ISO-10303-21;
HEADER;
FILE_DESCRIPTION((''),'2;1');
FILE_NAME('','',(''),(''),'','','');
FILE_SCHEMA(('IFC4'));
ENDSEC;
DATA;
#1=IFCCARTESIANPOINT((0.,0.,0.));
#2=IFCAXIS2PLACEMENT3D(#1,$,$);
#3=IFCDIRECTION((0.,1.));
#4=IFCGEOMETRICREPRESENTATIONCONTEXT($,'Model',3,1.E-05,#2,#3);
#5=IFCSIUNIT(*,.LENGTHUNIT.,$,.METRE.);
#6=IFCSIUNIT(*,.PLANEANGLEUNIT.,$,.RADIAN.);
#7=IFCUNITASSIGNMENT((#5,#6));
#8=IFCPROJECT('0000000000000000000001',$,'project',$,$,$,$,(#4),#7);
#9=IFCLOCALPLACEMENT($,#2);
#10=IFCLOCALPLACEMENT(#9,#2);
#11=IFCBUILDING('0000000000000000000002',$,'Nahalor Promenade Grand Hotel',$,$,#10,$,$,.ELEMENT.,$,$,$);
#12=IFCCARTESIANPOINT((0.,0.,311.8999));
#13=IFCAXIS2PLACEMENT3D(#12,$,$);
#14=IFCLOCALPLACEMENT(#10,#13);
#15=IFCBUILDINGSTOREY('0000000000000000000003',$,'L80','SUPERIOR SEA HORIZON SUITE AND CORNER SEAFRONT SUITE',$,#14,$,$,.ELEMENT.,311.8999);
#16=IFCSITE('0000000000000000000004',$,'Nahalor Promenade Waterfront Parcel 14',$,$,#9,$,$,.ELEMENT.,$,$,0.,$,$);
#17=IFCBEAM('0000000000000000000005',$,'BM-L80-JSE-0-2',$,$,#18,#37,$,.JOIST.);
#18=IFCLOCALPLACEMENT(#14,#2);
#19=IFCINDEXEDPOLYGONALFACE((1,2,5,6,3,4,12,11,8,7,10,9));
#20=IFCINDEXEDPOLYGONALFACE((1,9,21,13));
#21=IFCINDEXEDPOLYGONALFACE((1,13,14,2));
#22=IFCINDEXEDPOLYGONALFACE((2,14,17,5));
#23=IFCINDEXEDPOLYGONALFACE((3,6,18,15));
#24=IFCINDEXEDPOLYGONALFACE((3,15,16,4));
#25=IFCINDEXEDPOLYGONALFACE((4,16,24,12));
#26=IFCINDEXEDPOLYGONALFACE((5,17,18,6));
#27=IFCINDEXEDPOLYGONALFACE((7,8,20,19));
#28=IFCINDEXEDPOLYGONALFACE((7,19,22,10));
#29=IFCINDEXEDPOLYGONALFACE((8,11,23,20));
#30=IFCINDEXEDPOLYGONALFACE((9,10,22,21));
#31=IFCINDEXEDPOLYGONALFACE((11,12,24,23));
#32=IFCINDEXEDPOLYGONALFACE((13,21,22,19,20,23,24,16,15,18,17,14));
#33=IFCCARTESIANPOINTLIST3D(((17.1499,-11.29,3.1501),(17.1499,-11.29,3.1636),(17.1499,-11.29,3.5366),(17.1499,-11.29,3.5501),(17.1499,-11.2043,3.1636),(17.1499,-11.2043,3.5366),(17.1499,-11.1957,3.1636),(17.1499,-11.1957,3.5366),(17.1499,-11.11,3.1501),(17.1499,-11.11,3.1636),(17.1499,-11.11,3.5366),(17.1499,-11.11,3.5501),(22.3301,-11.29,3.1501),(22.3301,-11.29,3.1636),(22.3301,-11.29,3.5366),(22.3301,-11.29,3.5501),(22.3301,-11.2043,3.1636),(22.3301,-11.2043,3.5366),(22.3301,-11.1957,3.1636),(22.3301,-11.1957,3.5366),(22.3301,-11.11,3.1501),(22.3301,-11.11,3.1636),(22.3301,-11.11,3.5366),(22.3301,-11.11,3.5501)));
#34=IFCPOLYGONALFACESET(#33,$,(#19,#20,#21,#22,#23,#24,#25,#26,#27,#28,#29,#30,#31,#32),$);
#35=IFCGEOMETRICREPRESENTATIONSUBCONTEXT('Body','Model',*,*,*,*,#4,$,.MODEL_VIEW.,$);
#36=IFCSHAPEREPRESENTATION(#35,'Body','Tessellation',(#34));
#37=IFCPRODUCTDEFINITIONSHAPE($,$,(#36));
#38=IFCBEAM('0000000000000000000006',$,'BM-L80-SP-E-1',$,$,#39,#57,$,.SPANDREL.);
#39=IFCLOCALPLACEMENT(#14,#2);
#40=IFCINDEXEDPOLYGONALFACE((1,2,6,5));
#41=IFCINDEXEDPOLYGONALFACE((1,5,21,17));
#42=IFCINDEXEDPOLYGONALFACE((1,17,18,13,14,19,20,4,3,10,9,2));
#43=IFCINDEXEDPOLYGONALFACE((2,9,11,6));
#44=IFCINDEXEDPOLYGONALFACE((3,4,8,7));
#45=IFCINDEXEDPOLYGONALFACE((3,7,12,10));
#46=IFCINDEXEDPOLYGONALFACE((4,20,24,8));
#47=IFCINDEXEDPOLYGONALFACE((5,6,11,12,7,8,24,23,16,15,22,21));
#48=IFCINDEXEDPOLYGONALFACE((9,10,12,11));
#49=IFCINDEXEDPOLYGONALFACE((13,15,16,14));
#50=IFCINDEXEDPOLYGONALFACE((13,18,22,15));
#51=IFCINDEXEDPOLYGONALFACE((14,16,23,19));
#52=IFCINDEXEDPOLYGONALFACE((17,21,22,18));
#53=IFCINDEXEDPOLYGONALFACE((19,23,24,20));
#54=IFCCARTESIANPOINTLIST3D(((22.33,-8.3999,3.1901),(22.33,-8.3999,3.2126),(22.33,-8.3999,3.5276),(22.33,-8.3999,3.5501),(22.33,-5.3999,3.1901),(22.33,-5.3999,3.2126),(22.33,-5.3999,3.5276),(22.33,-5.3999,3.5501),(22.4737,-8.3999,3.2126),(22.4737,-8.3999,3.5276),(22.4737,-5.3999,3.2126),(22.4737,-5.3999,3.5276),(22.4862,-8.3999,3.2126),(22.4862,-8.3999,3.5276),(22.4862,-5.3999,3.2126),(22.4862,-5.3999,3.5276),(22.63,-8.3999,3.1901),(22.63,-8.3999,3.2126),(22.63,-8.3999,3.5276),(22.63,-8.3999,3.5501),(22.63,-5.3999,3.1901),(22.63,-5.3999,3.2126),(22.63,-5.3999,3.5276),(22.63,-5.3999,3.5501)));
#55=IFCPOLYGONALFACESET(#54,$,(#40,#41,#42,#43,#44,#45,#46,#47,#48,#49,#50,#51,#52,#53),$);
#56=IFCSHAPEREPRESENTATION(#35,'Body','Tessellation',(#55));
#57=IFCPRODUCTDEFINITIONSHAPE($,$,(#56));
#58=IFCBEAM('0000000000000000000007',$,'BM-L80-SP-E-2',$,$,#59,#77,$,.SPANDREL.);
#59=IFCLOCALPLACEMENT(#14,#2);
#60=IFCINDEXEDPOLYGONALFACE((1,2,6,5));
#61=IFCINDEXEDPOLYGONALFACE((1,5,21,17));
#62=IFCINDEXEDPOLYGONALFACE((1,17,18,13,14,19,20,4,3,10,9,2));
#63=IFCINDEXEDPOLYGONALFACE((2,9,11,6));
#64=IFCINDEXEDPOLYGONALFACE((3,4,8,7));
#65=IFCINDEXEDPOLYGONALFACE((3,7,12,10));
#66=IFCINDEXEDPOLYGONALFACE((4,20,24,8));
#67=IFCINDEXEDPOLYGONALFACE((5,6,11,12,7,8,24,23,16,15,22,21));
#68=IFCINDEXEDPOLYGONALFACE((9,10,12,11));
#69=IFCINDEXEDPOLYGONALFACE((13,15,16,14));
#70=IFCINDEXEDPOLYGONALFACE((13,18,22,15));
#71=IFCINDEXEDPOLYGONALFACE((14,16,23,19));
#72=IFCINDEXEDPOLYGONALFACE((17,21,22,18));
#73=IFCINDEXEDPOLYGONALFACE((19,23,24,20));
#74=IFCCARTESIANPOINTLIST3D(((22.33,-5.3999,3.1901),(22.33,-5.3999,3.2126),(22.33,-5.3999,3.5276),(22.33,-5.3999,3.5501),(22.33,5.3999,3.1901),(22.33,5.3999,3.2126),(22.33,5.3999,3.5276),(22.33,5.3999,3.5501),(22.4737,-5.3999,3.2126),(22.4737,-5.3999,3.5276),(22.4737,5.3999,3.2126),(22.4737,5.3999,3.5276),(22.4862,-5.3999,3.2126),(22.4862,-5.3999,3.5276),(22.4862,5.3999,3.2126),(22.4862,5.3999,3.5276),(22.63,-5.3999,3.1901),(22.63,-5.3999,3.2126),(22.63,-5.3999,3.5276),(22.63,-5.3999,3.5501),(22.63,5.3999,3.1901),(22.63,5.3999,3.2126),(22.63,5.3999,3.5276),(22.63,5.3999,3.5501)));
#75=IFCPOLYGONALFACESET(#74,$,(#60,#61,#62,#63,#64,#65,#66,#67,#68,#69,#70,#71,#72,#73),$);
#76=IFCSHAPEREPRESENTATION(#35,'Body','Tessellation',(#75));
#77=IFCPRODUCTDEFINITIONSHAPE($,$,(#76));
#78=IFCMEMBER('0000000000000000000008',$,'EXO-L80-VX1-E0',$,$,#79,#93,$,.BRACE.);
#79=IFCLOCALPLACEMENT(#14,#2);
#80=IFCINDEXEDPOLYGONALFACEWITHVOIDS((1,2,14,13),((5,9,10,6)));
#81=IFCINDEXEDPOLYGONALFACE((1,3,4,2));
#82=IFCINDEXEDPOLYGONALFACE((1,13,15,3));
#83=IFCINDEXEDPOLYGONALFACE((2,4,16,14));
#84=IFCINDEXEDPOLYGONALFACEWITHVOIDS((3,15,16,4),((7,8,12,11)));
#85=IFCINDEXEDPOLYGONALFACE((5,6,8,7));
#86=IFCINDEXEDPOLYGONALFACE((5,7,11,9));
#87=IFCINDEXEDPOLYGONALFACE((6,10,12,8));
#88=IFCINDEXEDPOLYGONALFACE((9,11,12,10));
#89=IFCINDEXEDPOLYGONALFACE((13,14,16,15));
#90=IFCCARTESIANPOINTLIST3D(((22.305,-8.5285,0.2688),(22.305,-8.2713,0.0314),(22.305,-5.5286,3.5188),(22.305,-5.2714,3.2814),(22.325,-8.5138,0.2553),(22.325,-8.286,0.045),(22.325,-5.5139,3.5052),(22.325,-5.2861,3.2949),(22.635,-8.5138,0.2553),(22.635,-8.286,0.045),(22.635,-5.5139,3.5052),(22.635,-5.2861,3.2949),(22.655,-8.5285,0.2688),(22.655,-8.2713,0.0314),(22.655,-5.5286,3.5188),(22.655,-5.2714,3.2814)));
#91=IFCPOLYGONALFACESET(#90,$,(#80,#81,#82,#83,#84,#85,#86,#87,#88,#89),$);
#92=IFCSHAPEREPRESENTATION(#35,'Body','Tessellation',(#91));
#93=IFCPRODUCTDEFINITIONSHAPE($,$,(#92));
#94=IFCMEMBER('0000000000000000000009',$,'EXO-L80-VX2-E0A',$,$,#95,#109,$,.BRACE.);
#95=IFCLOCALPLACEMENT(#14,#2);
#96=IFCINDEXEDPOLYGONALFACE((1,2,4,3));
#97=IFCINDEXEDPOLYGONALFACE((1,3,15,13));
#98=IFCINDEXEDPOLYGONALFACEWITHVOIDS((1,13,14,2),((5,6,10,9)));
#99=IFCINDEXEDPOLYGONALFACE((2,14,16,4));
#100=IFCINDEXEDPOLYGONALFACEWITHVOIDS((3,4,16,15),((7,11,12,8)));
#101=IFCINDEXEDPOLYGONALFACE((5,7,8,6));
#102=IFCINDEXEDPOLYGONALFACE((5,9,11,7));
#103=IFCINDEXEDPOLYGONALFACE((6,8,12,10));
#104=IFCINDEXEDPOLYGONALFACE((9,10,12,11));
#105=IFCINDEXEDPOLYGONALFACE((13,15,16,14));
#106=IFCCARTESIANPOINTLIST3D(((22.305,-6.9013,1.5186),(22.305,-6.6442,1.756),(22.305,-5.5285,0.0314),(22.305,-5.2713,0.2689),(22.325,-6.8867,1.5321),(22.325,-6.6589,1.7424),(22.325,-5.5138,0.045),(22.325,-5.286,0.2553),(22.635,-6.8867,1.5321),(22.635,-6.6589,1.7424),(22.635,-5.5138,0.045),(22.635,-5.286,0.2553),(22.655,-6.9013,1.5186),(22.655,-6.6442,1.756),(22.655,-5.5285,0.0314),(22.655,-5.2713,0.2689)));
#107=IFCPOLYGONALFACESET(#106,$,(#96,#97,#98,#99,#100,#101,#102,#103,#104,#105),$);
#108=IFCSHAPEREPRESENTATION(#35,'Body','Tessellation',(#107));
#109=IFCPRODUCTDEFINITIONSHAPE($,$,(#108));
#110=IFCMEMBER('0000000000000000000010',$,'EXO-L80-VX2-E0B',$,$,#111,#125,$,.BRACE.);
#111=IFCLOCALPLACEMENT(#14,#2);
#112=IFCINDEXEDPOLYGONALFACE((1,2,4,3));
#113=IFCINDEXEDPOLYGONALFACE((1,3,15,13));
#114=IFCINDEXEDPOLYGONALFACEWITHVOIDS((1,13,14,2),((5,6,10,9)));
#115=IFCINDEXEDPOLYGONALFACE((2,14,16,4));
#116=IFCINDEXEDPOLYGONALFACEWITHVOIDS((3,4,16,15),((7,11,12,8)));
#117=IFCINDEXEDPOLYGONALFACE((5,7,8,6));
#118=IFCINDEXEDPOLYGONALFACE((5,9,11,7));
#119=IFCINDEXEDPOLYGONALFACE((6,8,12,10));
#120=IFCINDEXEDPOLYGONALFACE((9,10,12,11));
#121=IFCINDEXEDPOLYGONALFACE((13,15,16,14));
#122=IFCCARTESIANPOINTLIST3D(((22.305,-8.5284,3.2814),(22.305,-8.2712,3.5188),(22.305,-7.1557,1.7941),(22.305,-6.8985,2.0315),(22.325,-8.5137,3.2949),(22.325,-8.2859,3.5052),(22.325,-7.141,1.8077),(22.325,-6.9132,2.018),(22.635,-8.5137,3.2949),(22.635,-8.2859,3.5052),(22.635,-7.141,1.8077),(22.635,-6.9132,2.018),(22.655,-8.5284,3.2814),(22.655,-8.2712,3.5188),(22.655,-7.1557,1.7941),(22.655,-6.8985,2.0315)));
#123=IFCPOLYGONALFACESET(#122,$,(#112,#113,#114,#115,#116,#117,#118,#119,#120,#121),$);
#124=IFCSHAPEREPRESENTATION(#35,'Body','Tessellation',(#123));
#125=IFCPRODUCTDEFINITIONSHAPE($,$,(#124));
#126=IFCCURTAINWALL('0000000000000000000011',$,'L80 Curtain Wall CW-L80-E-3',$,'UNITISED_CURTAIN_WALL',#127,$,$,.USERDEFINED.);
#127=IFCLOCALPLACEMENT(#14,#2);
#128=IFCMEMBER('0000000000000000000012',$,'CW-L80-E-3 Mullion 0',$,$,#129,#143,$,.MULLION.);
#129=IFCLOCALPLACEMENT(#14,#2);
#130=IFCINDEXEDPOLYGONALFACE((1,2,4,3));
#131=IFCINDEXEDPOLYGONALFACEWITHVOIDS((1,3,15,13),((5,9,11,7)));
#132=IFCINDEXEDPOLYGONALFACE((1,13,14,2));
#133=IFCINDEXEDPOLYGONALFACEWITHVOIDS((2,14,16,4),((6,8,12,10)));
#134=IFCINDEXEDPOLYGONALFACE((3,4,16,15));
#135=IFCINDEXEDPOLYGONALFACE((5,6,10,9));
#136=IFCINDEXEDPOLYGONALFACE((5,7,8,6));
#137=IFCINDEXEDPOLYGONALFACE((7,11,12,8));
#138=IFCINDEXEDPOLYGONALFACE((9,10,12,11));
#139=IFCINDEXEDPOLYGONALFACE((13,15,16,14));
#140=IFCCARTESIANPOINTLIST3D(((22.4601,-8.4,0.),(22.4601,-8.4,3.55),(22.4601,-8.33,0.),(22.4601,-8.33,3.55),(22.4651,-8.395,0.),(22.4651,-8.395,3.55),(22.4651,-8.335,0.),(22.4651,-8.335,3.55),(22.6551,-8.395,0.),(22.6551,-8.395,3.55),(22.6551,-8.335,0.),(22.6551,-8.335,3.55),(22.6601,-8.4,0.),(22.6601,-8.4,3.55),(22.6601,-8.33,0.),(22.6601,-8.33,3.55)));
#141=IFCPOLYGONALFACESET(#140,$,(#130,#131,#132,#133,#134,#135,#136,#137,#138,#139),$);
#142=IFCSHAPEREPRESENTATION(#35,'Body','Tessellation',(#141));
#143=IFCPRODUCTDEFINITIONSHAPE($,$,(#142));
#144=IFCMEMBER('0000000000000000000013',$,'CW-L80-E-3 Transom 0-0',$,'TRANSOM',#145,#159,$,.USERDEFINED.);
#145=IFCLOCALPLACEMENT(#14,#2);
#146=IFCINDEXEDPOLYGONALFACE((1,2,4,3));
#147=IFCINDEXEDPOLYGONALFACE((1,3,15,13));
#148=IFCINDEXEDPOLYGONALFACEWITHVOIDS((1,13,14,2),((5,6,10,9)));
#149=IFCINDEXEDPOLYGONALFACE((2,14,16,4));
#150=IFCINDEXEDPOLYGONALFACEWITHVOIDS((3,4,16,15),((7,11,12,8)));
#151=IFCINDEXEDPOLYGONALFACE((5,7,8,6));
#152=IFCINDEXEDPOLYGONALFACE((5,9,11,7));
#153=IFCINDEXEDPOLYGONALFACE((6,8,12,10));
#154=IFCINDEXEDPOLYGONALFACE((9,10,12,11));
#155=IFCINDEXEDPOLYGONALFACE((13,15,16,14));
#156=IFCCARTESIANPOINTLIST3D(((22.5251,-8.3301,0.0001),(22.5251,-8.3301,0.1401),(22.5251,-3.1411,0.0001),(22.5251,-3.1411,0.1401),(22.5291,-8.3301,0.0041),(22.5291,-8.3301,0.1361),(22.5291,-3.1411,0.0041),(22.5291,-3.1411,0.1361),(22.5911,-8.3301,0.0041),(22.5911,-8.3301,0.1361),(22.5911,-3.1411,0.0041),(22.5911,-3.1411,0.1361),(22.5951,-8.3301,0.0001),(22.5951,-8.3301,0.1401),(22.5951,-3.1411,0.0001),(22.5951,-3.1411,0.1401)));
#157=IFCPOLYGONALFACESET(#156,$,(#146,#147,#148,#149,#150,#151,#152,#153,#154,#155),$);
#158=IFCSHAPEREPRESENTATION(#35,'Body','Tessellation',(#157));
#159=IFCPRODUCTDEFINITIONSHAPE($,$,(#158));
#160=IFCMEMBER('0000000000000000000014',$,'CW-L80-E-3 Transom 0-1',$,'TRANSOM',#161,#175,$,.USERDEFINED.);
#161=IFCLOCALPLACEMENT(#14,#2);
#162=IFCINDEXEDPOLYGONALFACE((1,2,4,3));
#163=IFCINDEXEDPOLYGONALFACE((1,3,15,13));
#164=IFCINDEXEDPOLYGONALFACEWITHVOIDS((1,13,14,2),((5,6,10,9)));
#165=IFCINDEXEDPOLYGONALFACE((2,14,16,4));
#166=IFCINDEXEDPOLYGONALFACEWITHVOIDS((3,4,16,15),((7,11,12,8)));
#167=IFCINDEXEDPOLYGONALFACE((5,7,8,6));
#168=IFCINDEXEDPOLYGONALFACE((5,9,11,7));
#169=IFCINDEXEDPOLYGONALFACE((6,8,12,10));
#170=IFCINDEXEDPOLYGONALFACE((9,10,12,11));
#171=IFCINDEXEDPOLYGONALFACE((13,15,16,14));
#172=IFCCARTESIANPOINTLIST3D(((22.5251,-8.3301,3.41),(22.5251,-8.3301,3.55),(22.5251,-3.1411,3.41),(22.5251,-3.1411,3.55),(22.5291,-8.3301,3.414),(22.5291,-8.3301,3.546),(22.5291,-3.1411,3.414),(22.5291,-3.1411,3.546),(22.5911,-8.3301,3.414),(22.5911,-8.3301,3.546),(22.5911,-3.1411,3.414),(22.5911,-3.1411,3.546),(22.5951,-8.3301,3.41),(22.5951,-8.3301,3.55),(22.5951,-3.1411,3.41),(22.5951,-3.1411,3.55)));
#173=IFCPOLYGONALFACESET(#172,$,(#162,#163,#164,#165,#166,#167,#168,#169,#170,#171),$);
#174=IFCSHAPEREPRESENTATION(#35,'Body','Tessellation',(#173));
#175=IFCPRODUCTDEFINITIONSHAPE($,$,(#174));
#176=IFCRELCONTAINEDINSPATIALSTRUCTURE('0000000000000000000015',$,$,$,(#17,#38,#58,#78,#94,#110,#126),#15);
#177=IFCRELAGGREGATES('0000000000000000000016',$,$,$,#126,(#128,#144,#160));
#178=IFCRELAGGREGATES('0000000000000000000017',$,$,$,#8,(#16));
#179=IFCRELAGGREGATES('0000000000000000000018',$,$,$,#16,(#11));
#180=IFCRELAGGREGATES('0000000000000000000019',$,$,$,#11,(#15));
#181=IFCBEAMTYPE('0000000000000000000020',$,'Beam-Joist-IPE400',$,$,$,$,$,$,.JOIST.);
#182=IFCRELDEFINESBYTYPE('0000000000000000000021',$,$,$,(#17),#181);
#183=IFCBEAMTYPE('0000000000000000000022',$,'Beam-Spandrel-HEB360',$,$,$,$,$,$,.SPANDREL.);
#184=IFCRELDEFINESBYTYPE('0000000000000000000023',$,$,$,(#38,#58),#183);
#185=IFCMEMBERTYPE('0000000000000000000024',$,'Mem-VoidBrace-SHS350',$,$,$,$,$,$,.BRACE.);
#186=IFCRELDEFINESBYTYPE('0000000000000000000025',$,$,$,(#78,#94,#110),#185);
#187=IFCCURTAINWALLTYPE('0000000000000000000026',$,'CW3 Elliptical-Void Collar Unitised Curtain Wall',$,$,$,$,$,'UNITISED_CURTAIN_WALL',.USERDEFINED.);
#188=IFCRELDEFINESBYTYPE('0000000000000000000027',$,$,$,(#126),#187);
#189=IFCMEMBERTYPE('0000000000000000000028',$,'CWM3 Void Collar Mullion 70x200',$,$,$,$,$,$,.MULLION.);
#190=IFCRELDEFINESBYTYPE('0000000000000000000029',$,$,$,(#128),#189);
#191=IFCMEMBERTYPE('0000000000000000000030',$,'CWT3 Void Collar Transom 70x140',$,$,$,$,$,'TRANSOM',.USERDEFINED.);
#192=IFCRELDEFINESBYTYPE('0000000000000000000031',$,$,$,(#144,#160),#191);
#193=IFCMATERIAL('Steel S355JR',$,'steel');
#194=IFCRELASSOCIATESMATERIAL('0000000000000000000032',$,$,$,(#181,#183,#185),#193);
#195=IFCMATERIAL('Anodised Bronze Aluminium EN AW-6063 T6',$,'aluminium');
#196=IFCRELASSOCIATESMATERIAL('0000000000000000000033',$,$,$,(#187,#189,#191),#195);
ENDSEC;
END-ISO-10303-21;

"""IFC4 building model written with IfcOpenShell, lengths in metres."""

from ifc_helpers import new_model, si_unit, direction, frame, origin, origin_2d, place, context, subcontext, project, spatial, hollow_rectangle, i_section, extrude, source, transform, mapped, material, material_profile, profile_set, type_object, element, aggregate, save


model = new_model("IFC4")

# Units and contexts
model_context = context("Model", 3, precision=1e-05, world=origin(), true_north=direction((0.0, 1.0)))
body_context = subcontext(model_context, "Body", "Model", "MODEL_VIEW")
ifc_project = project(units=[si_unit("LENGTHUNIT", "METRE"), si_unit("PLANEANGLEUNIT", "RADIAN")], contexts=[model_context])

# Site, building, storey
site_placement = place(None, origin())
site = spatial("IfcSite", under=ifc_project, at=site_placement, Name="Nahalor Promenade Waterfront Parcel 14", CompositionType="ELEMENT", RefElevation=0.0)
building_placement = place(site_placement, origin())
building = spatial("IfcBuilding", under=site, at=building_placement, Name="Nahalor Promenade Grand Hotel", CompositionType="ELEMENT")
storey_placement = place(building_placement, frame((0.0, 0.0, 311.8999)))
storey = spatial("IfcBuildingStorey", under=building, at=storey_placement, Name="L80", Description="SUPERIOR SEA HORIZON SUITE AND CORNER SEAFRONT SUITE", CompositionType="ELEMENT", Elevation=311.8999)

# Shared definitions
ifc_material_1 = material(Name="Steel S355JR", Category="steel")

# Beams
ifc_material_profile_1 = material_profile(ifc_material_1, i_section(OverallWidth=0.18, OverallDepth=0.4, WebThickness=0.0086, FlangeThickness=0.0135, at=origin_2d()), Name="IPE 400")
ifc_profile_set_1 = profile_set([ifc_material_profile_1], Name="Steel S355JR")
beam_type_1 = type_object("IfcBeamType", Name="Beam-Joist-IPE400", PredefinedType="JOIST", material=ifc_profile_set_1)
shared_shape_1 = source(origin(), body_context, "Body", "SweptSolid", [
    extrude(i_section(OverallWidth=0.18, OverallDepth=0.4, WebThickness=0.0086, FlangeThickness=0.0135, at=origin_2d()), origin(), (0.0, 0.0, 1.0), 5.1802),
])
beam_1_placement = place(storey_placement, frame((17.1499, -11.2, 3.3501), z_axis=(1.0, 0.0, 0.0), x_axis=(0.0, 1.0, 0.0)))
element("IfcBeam", 1, at=beam_1_placement, inside=storey, type_object=beam_type_1, Name="BM-L80-JSE-0-2", PredefinedType="JOIST", context=body_context, shape_type="MappedRepresentation", body=[
    mapped(shared_shape_1, transform((0.0, 0.0, 0.0), scale=1.0)),
])
ifc_material_profile_2 = material_profile(ifc_material_1, i_section(OverallWidth=0.3, OverallDepth=0.36, WebThickness=0.0125, FlangeThickness=0.0225, at=origin_2d()), Name="HEB 360")
ifc_profile_set_2 = profile_set([ifc_material_profile_2], Name="Steel S355JR")
beam_type_2 = type_object("IfcBeamType", Name="Beam-Spandrel-HEB360", PredefinedType="SPANDREL", material=ifc_profile_set_2)
shared_shape_2 = source(origin(), body_context, "Body", "SweptSolid", [
    extrude(i_section(OverallWidth=0.3, OverallDepth=0.36, WebThickness=0.0125, FlangeThickness=0.0225, at=origin_2d()), origin(), (0.0, 0.0, 1.0), 3.0),
])
beam_2_placement = place(storey_placement, frame((22.48, -8.3999, 3.3701), z_axis=(0.0, 1.0, 0.0), x_axis=(-1.0, 0.0, 0.0)))
element("IfcBeam", 2, at=beam_2_placement, inside=storey, type_object=beam_type_2, Name="BM-L80-SP-E-1", PredefinedType="SPANDREL", context=body_context, shape_type="MappedRepresentation", body=[
    mapped(shared_shape_2, transform((0.0, 0.0, 0.0), scale=1.0)),
])
shared_shape_3 = source(origin(), body_context, "Body", "SweptSolid", [
    extrude(i_section(OverallWidth=0.3, OverallDepth=0.36, WebThickness=0.0125, FlangeThickness=0.0225, at=origin_2d()), origin(), (0.0, 0.0, 1.0), 10.7998),
])
beam_3_placement = place(storey_placement, frame((22.48, -5.3999, 3.3701), z_axis=(0.0, 1.0, 0.0), x_axis=(-1.0, 0.0, 0.0)))
element("IfcBeam", 3, at=beam_3_placement, inside=storey, type_object=beam_type_2, Name="BM-L80-SP-E-2", PredefinedType="SPANDREL", context=body_context, shape_type="MappedRepresentation", body=[
    mapped(shared_shape_3, transform((0.0, 0.0, 0.0), scale=1.0)),
])

# Members
ifc_material_profile_3 = material_profile(ifc_material_1, hollow_rectangle(XDim=0.35, YDim=0.35, WallThickness=0.02, at=origin_2d()), Name="SHS 350x350x20")
ifc_profile_set_3 = profile_set([ifc_material_profile_3], Name="Steel S355JR")
member_type_1 = type_object("IfcMemberType", Name="Mem-VoidBrace-SHS350", PredefinedType="BRACE", material=ifc_profile_set_3)
shared_shape_4 = source(origin(), body_context, "Body", "SweptSolid", [
    extrude(hollow_rectangle(XDim=0.35, YDim=0.35, WallThickness=0.02, at=origin_2d()), origin(), (0.0, 0.0, 1.0), 4.4229),
])
member_1_placement = place(storey_placement, frame((22.48, -8.3999, 0.1501), z_axis=(0.0, 0.67828, 0.734803), x_axis=(-1.0, 0.0, 0.0)))
element("IfcMember", 4, at=member_1_placement, inside=storey, type_object=member_type_1, Name="EXO-L80-VX1-E0", PredefinedType="BRACE", context=body_context, shape_type="MappedRepresentation", body=[
    mapped(shared_shape_4, transform((0.0, 0.0, 0.0), scale=1.0)),
])
shared_shape_5 = source(origin(), body_context, "Body", "SweptSolid", [
    extrude(hollow_rectangle(XDim=0.35, YDim=0.35, WallThickness=0.02, at=origin_2d()), origin(), (0.0, 0.0, 1.0), 2.0239),
])
for number, where, z_axis, x_axis, name in (
    (5, (22.48, -5.3999, 0.1501), (0.0, -0.678315, 0.734771), (1.0, 0.0, 0.0), "EXO-L80-VX2-E0A"),
    (6, (22.48, -7.0271, 1.9128), (0.0, -0.678255, 0.734827), (1.0, 0.0, 0.0), "EXO-L80-VX2-E0B"),
):
    element("IfcMember", number, at=place(storey_placement, frame(where, z_axis=z_axis, x_axis=x_axis)), inside=storey, type_object=member_type_1, Name=name, PredefinedType="BRACE", context=body_context, shape_type="MappedRepresentation", body=[
        mapped(shared_shape_5, transform((0.0, 0.0, 0.0), scale=1.0)),
    ])

# Curtain wall, members
ifc_material_2 = material(Name="Anodised Bronze Aluminium EN AW-6063 T6", Category="aluminium")
curtain_wall_type = type_object("IfcCurtainWallType", Name="CW3 Elliptical-Void Collar Unitised Curtain Wall", ElementType="UNITISED_CURTAIN_WALL", PredefinedType="USERDEFINED", material=ifc_material_2)
curtain_wall_1_placement = place(storey_placement, origin())
curtain_wall_1 = element("IfcCurtainWall", 7, at=curtain_wall_1_placement, inside=storey, type_object=curtain_wall_type, Name="L80 Curtain Wall CW-L80-E-3", ObjectType="UNITISED_CURTAIN_WALL", PredefinedType="USERDEFINED")
ifc_material_profile_4 = material_profile(ifc_material_2, hollow_rectangle(XDim=0.07, YDim=0.2, WallThickness=0.005, at=origin_2d()), Name="CWM 70x200x5")
ifc_profile_set_4 = profile_set([ifc_material_profile_4], Name="Anodised Bronze Aluminium EN AW-6063 T6")
member_type_2 = type_object("IfcMemberType", Name="CWM3 Void Collar Mullion 70x200", PredefinedType="MULLION", material=ifc_profile_set_4)
shared_shape_6 = source(origin(), body_context, "Body", "SweptSolid", [
    extrude(hollow_rectangle(XDim=0.07, YDim=0.2, WallThickness=0.005, at=origin_2d()), origin(), (0.0, 0.0, 1.0), 3.55),
])
member_2_placement = place(storey_placement, frame((22.5601, -8.365, 0.0), z_axis=(0.0, 0.0, 1.0), x_axis=(0.0, 1.0, 0.0)))
member_2 = element("IfcMember", 8, at=member_2_placement, type_object=member_type_2, Name="CW-L80-E-3 Mullion 0", PredefinedType="MULLION", context=body_context, shape_type="MappedRepresentation", body=[
    mapped(shared_shape_6, transform((0.0, 0.0, 0.0), scale=1.0)),
])
ifc_material_profile_5 = material_profile(ifc_material_2, hollow_rectangle(XDim=0.07, YDim=0.14, WallThickness=0.004, at=origin_2d()), Name="CWT 70x140x4")
ifc_profile_set_5 = profile_set([ifc_material_profile_5], Name="Anodised Bronze Aluminium EN AW-6063 T6")
member_type_3 = type_object("IfcMemberType", Name="CWT3 Void Collar Transom 70x140", ElementType="TRANSOM", PredefinedType="USERDEFINED", material=ifc_profile_set_5)
shared_shape_7 = source(origin(), body_context, "Body", "SweptSolid", [
    extrude(hollow_rectangle(XDim=0.07, YDim=0.14, WallThickness=0.004, at=origin_2d()), origin(), (0.0, 0.0, 1.0), 5.189),
])
member_3_placement = place(storey_placement, frame((22.5601, -8.3301, 0.0701), z_axis=(0.0, 1.0, 0.0), x_axis=(-1.0, 0.0, 0.0)))
member_3 = element("IfcMember", 9, at=member_3_placement, type_object=member_type_3, Name="CW-L80-E-3 Transom 0-0", ObjectType="TRANSOM", PredefinedType="USERDEFINED", context=body_context, shape_type="MappedRepresentation", body=[
    mapped(shared_shape_7, transform((0.0, 0.0, 0.0), scale=1.0)),
])
member_4_placement = place(storey_placement, frame((22.5601, -8.3301, 3.48), z_axis=(0.0, 1.0, 0.0), x_axis=(-1.0, 0.0, 0.0)))
member_4 = element("IfcMember", 10, at=member_4_placement, type_object=member_type_3, Name="CW-L80-E-3 Transom 0-1", ObjectType="TRANSOM", PredefinedType="USERDEFINED", context=body_context, shape_type="MappedRepresentation", body=[
    mapped(shared_shape_7, transform((0.0, 0.0, 0.0), scale=1.0)),
])
aggregate(curtain_wall_1, [member_2, member_3, member_4])

save(model, "model.ifc")
